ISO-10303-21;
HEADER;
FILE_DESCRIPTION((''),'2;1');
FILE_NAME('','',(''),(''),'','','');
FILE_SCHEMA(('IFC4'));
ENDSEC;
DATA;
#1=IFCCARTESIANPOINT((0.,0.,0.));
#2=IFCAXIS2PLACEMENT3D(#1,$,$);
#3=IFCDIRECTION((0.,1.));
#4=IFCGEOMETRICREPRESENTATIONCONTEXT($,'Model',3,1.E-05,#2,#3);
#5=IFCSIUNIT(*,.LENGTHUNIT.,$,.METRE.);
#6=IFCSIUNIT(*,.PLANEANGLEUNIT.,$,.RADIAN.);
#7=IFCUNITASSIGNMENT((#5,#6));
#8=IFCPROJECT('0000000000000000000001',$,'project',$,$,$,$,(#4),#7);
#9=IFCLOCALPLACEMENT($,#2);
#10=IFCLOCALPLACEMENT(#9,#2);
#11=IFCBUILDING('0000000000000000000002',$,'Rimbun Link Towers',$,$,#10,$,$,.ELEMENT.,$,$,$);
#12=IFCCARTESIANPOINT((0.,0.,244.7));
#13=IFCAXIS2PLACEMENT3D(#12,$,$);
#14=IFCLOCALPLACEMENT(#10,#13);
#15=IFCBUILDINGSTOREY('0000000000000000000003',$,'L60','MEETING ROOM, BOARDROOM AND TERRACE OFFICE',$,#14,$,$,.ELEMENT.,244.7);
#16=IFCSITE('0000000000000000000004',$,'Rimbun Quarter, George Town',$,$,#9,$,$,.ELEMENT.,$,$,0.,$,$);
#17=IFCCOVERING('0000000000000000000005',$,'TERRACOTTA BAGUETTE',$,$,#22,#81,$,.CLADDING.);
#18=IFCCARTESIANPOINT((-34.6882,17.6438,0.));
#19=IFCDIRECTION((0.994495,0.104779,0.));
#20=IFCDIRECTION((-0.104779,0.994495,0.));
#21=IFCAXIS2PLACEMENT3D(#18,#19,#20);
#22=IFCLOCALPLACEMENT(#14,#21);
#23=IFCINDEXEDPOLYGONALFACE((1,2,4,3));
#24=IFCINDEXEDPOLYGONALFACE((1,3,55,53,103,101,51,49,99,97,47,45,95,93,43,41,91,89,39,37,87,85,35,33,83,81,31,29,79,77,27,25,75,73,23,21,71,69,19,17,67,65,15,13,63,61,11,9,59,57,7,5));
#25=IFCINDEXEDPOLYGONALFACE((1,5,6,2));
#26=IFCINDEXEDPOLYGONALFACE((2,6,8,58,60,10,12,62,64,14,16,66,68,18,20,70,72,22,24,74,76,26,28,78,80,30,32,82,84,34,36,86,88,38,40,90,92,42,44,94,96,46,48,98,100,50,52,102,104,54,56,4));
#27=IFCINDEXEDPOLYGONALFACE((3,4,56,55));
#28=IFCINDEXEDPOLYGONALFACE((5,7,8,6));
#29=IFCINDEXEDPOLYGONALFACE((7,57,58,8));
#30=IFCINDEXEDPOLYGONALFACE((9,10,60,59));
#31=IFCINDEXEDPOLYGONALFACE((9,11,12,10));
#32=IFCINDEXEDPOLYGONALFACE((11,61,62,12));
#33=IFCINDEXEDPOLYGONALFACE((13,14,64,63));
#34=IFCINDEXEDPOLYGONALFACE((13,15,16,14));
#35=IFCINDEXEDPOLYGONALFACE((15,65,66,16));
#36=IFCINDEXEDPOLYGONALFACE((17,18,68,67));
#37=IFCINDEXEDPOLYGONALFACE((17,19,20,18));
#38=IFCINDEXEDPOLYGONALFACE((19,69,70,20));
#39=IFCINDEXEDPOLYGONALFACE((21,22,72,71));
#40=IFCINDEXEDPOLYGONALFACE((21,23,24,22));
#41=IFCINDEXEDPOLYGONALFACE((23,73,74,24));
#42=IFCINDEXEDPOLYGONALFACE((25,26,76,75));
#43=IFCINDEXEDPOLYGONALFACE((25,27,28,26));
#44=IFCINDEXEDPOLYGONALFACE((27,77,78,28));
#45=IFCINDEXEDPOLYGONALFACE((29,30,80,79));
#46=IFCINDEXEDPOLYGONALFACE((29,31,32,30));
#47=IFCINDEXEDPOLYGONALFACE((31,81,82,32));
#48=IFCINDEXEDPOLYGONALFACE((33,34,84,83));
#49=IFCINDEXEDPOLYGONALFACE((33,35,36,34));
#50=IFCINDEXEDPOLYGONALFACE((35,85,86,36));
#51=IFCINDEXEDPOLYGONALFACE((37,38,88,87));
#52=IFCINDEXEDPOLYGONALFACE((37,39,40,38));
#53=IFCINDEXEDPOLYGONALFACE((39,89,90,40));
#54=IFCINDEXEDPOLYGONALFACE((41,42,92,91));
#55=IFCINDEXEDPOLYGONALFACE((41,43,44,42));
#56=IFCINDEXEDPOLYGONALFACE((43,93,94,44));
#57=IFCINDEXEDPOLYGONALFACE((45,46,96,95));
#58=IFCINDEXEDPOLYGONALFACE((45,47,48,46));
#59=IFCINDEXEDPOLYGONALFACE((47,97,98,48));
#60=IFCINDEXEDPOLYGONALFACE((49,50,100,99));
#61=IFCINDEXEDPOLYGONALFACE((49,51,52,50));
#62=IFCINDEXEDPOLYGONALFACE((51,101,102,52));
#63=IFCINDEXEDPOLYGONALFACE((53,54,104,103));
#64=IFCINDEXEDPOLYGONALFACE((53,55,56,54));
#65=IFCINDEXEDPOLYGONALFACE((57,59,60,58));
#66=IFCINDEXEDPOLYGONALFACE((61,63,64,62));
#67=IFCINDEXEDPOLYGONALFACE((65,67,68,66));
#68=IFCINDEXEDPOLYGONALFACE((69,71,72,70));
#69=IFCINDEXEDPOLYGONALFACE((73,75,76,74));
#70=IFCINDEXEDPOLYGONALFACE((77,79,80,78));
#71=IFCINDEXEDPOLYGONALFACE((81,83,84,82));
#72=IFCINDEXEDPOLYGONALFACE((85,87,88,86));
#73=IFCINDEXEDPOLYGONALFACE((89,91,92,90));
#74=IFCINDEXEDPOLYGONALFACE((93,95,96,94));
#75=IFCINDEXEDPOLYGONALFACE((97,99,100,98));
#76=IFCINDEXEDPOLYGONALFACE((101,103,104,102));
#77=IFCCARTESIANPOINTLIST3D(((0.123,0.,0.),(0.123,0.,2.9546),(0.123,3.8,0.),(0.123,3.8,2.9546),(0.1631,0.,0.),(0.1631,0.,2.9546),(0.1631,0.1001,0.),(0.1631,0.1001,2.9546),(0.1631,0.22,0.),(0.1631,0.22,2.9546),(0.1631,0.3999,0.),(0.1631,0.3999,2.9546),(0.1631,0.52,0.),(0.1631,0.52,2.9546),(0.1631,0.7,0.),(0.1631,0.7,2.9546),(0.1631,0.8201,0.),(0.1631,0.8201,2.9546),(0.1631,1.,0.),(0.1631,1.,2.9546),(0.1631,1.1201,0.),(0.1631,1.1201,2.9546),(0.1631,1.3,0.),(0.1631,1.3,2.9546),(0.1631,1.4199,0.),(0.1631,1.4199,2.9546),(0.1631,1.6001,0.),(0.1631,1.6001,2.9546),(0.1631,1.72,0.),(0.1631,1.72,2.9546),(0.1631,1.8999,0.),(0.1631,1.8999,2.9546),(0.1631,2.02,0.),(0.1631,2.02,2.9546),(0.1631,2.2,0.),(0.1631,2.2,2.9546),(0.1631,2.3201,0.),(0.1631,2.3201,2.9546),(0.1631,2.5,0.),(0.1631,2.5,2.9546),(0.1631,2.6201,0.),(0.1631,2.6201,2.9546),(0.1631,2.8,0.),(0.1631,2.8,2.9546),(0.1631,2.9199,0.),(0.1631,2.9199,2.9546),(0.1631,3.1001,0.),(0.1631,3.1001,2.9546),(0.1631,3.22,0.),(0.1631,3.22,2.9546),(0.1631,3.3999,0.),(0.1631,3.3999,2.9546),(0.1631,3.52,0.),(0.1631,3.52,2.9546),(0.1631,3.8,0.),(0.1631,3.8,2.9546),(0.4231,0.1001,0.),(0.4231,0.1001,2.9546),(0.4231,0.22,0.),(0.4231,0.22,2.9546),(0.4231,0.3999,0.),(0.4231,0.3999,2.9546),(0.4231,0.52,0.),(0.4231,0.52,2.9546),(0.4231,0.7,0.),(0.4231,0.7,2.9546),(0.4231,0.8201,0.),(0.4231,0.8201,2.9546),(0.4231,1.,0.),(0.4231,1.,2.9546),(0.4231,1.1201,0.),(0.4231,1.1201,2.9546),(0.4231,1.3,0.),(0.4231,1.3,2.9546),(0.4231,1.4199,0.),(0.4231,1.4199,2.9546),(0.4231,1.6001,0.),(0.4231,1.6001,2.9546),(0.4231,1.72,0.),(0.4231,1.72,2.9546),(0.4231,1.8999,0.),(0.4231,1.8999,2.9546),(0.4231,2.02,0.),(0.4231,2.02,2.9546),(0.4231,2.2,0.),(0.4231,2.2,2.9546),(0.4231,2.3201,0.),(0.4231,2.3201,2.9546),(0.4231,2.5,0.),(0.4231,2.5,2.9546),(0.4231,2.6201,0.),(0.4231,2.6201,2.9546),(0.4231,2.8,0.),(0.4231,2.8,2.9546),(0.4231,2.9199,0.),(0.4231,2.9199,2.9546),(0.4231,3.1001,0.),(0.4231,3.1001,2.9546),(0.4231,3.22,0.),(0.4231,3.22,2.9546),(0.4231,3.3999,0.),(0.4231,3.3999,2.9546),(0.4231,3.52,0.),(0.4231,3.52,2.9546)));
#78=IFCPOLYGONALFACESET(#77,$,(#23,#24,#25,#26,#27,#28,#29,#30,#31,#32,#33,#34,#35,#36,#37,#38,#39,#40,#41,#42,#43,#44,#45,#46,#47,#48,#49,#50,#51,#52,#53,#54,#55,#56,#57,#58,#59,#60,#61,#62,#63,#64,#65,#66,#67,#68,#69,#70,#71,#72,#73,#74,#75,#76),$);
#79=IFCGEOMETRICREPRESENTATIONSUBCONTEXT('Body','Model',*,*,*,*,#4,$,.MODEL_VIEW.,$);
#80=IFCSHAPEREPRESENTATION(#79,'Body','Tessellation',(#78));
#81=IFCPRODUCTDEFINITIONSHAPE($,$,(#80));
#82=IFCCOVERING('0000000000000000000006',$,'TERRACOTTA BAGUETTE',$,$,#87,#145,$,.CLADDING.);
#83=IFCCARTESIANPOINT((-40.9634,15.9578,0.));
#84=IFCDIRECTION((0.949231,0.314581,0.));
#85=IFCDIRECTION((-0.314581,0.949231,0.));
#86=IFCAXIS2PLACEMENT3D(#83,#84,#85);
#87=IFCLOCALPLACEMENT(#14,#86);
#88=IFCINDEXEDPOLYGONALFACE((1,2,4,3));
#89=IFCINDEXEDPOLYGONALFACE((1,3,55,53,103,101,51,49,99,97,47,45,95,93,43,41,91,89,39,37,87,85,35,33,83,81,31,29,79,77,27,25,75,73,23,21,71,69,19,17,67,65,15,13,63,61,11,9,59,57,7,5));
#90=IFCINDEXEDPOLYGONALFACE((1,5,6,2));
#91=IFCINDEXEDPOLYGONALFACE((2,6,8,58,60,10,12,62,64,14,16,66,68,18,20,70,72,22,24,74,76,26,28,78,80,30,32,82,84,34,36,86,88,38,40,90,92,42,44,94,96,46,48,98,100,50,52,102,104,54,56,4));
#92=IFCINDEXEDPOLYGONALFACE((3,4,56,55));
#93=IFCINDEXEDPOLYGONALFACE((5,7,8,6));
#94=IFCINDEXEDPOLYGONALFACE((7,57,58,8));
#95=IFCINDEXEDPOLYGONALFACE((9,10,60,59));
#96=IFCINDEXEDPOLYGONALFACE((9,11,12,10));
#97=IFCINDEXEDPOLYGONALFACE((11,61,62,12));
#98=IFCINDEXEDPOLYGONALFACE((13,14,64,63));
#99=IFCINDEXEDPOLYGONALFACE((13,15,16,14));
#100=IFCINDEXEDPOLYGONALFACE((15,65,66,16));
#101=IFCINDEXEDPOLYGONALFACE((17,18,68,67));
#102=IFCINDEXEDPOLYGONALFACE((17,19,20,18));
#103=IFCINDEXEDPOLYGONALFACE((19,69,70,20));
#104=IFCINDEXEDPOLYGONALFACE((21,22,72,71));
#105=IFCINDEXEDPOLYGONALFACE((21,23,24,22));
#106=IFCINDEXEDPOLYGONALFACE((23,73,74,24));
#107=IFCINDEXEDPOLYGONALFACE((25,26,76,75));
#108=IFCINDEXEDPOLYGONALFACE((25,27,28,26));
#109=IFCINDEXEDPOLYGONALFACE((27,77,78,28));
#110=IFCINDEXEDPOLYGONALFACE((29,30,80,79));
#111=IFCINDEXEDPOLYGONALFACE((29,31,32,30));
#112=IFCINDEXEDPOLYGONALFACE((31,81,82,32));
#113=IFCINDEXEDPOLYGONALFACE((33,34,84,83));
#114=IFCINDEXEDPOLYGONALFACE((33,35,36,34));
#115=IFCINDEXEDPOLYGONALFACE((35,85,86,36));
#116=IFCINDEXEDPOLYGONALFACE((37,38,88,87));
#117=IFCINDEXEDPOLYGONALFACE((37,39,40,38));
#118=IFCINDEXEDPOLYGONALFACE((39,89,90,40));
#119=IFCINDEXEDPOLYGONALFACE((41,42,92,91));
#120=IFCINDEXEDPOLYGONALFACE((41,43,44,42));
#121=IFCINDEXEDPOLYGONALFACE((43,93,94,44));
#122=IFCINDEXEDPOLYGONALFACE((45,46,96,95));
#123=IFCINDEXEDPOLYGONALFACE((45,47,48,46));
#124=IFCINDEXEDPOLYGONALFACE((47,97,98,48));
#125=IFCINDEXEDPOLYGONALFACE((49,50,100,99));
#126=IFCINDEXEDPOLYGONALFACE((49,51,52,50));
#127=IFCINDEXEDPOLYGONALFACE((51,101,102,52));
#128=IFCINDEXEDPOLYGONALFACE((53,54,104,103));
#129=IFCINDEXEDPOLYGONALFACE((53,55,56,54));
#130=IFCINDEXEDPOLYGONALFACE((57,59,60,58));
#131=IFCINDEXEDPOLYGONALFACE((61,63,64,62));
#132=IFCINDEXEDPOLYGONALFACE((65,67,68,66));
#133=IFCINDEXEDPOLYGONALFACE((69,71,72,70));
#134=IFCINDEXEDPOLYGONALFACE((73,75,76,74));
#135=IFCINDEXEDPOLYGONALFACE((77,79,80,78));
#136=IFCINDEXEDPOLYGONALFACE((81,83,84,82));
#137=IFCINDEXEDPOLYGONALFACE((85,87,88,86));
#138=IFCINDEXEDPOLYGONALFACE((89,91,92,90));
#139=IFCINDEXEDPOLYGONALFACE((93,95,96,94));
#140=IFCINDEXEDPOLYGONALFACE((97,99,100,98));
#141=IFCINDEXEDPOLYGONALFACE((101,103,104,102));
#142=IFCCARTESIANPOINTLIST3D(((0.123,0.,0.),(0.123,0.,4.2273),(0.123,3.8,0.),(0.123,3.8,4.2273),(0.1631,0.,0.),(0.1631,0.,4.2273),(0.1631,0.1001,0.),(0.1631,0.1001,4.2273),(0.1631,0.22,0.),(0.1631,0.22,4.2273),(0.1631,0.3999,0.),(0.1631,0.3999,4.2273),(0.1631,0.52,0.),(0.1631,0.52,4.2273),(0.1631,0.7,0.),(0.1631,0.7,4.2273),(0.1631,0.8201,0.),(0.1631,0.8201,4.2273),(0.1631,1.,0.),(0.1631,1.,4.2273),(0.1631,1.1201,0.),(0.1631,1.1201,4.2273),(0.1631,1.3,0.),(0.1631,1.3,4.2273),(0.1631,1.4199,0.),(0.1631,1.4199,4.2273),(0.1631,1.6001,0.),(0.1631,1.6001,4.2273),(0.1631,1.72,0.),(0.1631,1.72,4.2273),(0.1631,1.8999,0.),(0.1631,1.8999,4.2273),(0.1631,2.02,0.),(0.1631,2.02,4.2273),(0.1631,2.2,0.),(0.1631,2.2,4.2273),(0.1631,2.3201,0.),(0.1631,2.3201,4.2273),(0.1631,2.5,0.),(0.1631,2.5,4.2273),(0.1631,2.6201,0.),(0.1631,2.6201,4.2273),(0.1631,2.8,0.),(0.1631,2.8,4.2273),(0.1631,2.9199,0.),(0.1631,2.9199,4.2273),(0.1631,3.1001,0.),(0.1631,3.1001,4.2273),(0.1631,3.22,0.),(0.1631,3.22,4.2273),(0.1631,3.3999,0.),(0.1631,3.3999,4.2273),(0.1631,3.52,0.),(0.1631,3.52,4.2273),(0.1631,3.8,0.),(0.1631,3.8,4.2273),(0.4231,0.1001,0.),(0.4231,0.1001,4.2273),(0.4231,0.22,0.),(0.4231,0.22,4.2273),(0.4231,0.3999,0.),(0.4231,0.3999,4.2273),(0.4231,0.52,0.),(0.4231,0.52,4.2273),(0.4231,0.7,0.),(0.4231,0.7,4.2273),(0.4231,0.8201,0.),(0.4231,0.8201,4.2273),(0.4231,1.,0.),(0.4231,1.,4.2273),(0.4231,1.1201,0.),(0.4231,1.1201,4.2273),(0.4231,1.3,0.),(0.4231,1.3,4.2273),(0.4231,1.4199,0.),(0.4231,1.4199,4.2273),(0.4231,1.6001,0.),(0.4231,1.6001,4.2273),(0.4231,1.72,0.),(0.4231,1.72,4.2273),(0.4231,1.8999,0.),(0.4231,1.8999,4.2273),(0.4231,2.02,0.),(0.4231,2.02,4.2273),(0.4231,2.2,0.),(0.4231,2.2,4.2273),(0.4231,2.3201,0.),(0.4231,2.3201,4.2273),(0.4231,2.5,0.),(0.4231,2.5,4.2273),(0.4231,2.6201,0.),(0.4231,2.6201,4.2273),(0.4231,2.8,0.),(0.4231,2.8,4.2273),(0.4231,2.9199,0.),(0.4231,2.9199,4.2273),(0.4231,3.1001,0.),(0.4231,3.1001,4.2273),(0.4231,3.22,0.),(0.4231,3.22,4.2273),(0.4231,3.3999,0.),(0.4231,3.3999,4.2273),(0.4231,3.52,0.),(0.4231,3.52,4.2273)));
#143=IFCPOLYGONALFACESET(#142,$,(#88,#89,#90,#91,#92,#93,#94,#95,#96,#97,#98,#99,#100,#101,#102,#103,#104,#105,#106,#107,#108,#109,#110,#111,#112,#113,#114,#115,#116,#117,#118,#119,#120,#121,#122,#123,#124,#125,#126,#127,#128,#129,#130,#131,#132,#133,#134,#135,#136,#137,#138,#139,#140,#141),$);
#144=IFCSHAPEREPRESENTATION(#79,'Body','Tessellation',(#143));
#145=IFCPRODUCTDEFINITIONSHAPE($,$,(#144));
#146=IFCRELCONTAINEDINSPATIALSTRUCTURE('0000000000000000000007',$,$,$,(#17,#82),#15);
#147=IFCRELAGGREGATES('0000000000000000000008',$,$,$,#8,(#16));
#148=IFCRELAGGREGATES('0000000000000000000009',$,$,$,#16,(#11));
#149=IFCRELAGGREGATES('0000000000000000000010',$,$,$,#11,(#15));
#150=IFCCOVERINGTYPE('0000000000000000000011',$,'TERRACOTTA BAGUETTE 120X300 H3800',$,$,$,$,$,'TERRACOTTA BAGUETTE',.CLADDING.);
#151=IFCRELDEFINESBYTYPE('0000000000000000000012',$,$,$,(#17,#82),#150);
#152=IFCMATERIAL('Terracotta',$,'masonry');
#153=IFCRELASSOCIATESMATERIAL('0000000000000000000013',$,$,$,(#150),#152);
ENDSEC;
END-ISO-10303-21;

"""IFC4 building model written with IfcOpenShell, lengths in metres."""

from ifc_helpers import new_model, si_unit, direction, frame, origin, place, context, subcontext, project, spatial, polyline, outline, extrude, material, material_profile, profile_set, type_object, element, save


model = new_model("IFC4")

# Units and contexts
model_context = context("Model", 3, precision=1e-05, world=origin(), true_north=direction((0.0, 1.0)))
body_context = subcontext(model_context, "Body", "Model", "MODEL_VIEW")
ifc_project = project(units=[si_unit("LENGTHUNIT", "METRE"), si_unit("PLANEANGLEUNIT", "RADIAN")], contexts=[model_context])

# Site, building, storey
site_placement = place(None, origin())
site = spatial("IfcSite", under=ifc_project, at=site_placement, Name="Rimbun Quarter, George Town", CompositionType="ELEMENT", RefElevation=0.0)
building_placement = place(site_placement, origin())
building = spatial("IfcBuilding", under=site, at=building_placement, Name="Rimbun Link Towers", CompositionType="ELEMENT")
storey_placement = place(building_placement, frame((0.0, 0.0, 244.7)))
storey = spatial("IfcBuildingStorey", under=building, at=storey_placement, Name="L60", Description="MEETING ROOM, BOARDROOM AND TERRACE OFFICE", CompositionType="ELEMENT", Elevation=244.7)

# Coverings
ifc_material_1 = material(Name="Terracotta", Category="masonry")
ifc_material_profile_1 = material_profile(ifc_material_1, outline(polyline([(0.123, 0.0), (0.1631, 0.0), (0.1631, 0.1001), (0.4231, 0.1001), (0.4231, 0.22), (0.1631, 0.22), (0.1631, 0.3999), (0.4231, 0.3999), (0.4231, 0.52), (0.1631, 0.52), (0.1631, 0.7), (0.4231, 0.7), (0.4231, 0.8201), (0.1631, 0.8201), (0.1631, 1.0), (0.4231, 1.0), (0.4231, 1.1201), (0.1631, 1.1201), (0.1631, 1.3), (0.4231, 1.3), (0.4231, 1.4199), (0.1631, 1.4199), (0.1631, 1.6001), (0.4231, 1.6001), (0.4231, 1.72), (0.1631, 1.72), (0.1631, 1.8999), (0.4231, 1.8999), (0.4231, 2.02), (0.1631, 2.02), (0.1631, 2.2), (0.4231, 2.2), (0.4231, 2.3201), (0.1631, 2.3201), (0.1631, 2.5), (0.4231, 2.5), (0.4231, 2.6201), (0.1631, 2.6201), (0.1631, 2.8), (0.4231, 2.8), (0.4231, 2.9199), (0.1631, 2.9199), (0.1631, 3.1001), (0.4231, 3.1001), (0.4231, 3.22), (0.1631, 3.22), (0.1631, 3.3999), (0.4231, 3.3999), (0.4231, 3.52), (0.1631, 3.52), (0.1631, 3.8), (0.123, 3.8), (0.123, 0.0)])), Name="BAGUETTE 120X300")
ifc_profile_set_1 = profile_set([ifc_material_profile_1], Name="Terracotta")
covering_type = type_object("IfcCoveringType", Name="TERRACOTTA BAGUETTE 120X300 H3800", ElementType="TERRACOTTA BAGUETTE", PredefinedType="CLADDING", material=ifc_profile_set_1)
covering_1_placement = place(storey_placement, frame((-34.6882, 17.6438, 0.0), z_axis=(0.994495, 0.104779, 0.0), x_axis=(-0.104779, 0.994495, 0.0)))
element("IfcCovering", 1, at=covering_1_placement, inside=storey, type_object=covering_type, Name="TERRACOTTA BAGUETTE", PredefinedType="CLADDING", context=body_context, shape_type="SweptSolid", body=[
    extrude(outline(polyline([(0.123, 0.0), (0.1631, 0.0), (0.1631, 0.1001), (0.4231, 0.1001), (0.4231, 0.22), (0.1631, 0.22), (0.1631, 0.3999), (0.4231, 0.3999), (0.4231, 0.52), (0.1631, 0.52), (0.1631, 0.7), (0.4231, 0.7), (0.4231, 0.8201), (0.1631, 0.8201), (0.1631, 1.0), (0.4231, 1.0), (0.4231, 1.1201), (0.1631, 1.1201), (0.1631, 1.3), (0.4231, 1.3), (0.4231, 1.4199), (0.1631, 1.4199), (0.1631, 1.6001), (0.4231, 1.6001), (0.4231, 1.72), (0.1631, 1.72), (0.1631, 1.8999), (0.4231, 1.8999), (0.4231, 2.02), (0.1631, 2.02), (0.1631, 2.2), (0.4231, 2.2), (0.4231, 2.3201), (0.1631, 2.3201), (0.1631, 2.5), (0.4231, 2.5), (0.4231, 2.6201), (0.1631, 2.6201), (0.1631, 2.8), (0.4231, 2.8), (0.4231, 2.9199), (0.1631, 2.9199), (0.1631, 3.1001), (0.4231, 3.1001), (0.4231, 3.22), (0.1631, 3.22), (0.1631, 3.3999), (0.4231, 3.3999), (0.4231, 3.52), (0.1631, 3.52), (0.1631, 3.8), (0.123, 3.8), (0.123, 0.0)])), origin(), (0.0, 0.0, 1.0), 2.9546),
])
covering_2_placement = place(storey_placement, frame((-40.9634, 15.9578, 0.0), z_axis=(0.949231, 0.314581, 0.0), x_axis=(-0.314581, 0.949231, 0.0)))
element("IfcCovering", 2, at=covering_2_placement, inside=storey, type_object=covering_type, Name="TERRACOTTA BAGUETTE", PredefinedType="CLADDING", context=body_context, shape_type="SweptSolid", body=[
    extrude(outline(polyline([(0.123, 0.0), (0.1631, 0.0), (0.1631, 0.1001), (0.4231, 0.1001), (0.4231, 0.22), (0.1631, 0.22), (0.1631, 0.3999), (0.4231, 0.3999), (0.4231, 0.52), (0.1631, 0.52), (0.1631, 0.7), (0.4231, 0.7), (0.4231, 0.8201), (0.1631, 0.8201), (0.1631, 1.0), (0.4231, 1.0), (0.4231, 1.1201), (0.1631, 1.1201), (0.1631, 1.3), (0.4231, 1.3), (0.4231, 1.4199), (0.1631, 1.4199), (0.1631, 1.6001), (0.4231, 1.6001), (0.4231, 1.72), (0.1631, 1.72), (0.1631, 1.8999), (0.4231, 1.8999), (0.4231, 2.02), (0.1631, 2.02), (0.1631, 2.2), (0.4231, 2.2), (0.4231, 2.3201), (0.1631, 2.3201), (0.1631, 2.5), (0.4231, 2.5), (0.4231, 2.6201), (0.1631, 2.6201), (0.1631, 2.8), (0.4231, 2.8), (0.4231, 2.9199), (0.1631, 2.9199), (0.1631, 3.1001), (0.4231, 3.1001), (0.4231, 3.22), (0.1631, 3.22), (0.1631, 3.3999), (0.4231, 3.3999), (0.4231, 3.52), (0.1631, 3.52), (0.1631, 3.8), (0.123, 3.8), (0.123, 0.0)])), origin(), (0.0, 0.0, 1.0), 4.2273),
])

save(model, "model.ifc")
